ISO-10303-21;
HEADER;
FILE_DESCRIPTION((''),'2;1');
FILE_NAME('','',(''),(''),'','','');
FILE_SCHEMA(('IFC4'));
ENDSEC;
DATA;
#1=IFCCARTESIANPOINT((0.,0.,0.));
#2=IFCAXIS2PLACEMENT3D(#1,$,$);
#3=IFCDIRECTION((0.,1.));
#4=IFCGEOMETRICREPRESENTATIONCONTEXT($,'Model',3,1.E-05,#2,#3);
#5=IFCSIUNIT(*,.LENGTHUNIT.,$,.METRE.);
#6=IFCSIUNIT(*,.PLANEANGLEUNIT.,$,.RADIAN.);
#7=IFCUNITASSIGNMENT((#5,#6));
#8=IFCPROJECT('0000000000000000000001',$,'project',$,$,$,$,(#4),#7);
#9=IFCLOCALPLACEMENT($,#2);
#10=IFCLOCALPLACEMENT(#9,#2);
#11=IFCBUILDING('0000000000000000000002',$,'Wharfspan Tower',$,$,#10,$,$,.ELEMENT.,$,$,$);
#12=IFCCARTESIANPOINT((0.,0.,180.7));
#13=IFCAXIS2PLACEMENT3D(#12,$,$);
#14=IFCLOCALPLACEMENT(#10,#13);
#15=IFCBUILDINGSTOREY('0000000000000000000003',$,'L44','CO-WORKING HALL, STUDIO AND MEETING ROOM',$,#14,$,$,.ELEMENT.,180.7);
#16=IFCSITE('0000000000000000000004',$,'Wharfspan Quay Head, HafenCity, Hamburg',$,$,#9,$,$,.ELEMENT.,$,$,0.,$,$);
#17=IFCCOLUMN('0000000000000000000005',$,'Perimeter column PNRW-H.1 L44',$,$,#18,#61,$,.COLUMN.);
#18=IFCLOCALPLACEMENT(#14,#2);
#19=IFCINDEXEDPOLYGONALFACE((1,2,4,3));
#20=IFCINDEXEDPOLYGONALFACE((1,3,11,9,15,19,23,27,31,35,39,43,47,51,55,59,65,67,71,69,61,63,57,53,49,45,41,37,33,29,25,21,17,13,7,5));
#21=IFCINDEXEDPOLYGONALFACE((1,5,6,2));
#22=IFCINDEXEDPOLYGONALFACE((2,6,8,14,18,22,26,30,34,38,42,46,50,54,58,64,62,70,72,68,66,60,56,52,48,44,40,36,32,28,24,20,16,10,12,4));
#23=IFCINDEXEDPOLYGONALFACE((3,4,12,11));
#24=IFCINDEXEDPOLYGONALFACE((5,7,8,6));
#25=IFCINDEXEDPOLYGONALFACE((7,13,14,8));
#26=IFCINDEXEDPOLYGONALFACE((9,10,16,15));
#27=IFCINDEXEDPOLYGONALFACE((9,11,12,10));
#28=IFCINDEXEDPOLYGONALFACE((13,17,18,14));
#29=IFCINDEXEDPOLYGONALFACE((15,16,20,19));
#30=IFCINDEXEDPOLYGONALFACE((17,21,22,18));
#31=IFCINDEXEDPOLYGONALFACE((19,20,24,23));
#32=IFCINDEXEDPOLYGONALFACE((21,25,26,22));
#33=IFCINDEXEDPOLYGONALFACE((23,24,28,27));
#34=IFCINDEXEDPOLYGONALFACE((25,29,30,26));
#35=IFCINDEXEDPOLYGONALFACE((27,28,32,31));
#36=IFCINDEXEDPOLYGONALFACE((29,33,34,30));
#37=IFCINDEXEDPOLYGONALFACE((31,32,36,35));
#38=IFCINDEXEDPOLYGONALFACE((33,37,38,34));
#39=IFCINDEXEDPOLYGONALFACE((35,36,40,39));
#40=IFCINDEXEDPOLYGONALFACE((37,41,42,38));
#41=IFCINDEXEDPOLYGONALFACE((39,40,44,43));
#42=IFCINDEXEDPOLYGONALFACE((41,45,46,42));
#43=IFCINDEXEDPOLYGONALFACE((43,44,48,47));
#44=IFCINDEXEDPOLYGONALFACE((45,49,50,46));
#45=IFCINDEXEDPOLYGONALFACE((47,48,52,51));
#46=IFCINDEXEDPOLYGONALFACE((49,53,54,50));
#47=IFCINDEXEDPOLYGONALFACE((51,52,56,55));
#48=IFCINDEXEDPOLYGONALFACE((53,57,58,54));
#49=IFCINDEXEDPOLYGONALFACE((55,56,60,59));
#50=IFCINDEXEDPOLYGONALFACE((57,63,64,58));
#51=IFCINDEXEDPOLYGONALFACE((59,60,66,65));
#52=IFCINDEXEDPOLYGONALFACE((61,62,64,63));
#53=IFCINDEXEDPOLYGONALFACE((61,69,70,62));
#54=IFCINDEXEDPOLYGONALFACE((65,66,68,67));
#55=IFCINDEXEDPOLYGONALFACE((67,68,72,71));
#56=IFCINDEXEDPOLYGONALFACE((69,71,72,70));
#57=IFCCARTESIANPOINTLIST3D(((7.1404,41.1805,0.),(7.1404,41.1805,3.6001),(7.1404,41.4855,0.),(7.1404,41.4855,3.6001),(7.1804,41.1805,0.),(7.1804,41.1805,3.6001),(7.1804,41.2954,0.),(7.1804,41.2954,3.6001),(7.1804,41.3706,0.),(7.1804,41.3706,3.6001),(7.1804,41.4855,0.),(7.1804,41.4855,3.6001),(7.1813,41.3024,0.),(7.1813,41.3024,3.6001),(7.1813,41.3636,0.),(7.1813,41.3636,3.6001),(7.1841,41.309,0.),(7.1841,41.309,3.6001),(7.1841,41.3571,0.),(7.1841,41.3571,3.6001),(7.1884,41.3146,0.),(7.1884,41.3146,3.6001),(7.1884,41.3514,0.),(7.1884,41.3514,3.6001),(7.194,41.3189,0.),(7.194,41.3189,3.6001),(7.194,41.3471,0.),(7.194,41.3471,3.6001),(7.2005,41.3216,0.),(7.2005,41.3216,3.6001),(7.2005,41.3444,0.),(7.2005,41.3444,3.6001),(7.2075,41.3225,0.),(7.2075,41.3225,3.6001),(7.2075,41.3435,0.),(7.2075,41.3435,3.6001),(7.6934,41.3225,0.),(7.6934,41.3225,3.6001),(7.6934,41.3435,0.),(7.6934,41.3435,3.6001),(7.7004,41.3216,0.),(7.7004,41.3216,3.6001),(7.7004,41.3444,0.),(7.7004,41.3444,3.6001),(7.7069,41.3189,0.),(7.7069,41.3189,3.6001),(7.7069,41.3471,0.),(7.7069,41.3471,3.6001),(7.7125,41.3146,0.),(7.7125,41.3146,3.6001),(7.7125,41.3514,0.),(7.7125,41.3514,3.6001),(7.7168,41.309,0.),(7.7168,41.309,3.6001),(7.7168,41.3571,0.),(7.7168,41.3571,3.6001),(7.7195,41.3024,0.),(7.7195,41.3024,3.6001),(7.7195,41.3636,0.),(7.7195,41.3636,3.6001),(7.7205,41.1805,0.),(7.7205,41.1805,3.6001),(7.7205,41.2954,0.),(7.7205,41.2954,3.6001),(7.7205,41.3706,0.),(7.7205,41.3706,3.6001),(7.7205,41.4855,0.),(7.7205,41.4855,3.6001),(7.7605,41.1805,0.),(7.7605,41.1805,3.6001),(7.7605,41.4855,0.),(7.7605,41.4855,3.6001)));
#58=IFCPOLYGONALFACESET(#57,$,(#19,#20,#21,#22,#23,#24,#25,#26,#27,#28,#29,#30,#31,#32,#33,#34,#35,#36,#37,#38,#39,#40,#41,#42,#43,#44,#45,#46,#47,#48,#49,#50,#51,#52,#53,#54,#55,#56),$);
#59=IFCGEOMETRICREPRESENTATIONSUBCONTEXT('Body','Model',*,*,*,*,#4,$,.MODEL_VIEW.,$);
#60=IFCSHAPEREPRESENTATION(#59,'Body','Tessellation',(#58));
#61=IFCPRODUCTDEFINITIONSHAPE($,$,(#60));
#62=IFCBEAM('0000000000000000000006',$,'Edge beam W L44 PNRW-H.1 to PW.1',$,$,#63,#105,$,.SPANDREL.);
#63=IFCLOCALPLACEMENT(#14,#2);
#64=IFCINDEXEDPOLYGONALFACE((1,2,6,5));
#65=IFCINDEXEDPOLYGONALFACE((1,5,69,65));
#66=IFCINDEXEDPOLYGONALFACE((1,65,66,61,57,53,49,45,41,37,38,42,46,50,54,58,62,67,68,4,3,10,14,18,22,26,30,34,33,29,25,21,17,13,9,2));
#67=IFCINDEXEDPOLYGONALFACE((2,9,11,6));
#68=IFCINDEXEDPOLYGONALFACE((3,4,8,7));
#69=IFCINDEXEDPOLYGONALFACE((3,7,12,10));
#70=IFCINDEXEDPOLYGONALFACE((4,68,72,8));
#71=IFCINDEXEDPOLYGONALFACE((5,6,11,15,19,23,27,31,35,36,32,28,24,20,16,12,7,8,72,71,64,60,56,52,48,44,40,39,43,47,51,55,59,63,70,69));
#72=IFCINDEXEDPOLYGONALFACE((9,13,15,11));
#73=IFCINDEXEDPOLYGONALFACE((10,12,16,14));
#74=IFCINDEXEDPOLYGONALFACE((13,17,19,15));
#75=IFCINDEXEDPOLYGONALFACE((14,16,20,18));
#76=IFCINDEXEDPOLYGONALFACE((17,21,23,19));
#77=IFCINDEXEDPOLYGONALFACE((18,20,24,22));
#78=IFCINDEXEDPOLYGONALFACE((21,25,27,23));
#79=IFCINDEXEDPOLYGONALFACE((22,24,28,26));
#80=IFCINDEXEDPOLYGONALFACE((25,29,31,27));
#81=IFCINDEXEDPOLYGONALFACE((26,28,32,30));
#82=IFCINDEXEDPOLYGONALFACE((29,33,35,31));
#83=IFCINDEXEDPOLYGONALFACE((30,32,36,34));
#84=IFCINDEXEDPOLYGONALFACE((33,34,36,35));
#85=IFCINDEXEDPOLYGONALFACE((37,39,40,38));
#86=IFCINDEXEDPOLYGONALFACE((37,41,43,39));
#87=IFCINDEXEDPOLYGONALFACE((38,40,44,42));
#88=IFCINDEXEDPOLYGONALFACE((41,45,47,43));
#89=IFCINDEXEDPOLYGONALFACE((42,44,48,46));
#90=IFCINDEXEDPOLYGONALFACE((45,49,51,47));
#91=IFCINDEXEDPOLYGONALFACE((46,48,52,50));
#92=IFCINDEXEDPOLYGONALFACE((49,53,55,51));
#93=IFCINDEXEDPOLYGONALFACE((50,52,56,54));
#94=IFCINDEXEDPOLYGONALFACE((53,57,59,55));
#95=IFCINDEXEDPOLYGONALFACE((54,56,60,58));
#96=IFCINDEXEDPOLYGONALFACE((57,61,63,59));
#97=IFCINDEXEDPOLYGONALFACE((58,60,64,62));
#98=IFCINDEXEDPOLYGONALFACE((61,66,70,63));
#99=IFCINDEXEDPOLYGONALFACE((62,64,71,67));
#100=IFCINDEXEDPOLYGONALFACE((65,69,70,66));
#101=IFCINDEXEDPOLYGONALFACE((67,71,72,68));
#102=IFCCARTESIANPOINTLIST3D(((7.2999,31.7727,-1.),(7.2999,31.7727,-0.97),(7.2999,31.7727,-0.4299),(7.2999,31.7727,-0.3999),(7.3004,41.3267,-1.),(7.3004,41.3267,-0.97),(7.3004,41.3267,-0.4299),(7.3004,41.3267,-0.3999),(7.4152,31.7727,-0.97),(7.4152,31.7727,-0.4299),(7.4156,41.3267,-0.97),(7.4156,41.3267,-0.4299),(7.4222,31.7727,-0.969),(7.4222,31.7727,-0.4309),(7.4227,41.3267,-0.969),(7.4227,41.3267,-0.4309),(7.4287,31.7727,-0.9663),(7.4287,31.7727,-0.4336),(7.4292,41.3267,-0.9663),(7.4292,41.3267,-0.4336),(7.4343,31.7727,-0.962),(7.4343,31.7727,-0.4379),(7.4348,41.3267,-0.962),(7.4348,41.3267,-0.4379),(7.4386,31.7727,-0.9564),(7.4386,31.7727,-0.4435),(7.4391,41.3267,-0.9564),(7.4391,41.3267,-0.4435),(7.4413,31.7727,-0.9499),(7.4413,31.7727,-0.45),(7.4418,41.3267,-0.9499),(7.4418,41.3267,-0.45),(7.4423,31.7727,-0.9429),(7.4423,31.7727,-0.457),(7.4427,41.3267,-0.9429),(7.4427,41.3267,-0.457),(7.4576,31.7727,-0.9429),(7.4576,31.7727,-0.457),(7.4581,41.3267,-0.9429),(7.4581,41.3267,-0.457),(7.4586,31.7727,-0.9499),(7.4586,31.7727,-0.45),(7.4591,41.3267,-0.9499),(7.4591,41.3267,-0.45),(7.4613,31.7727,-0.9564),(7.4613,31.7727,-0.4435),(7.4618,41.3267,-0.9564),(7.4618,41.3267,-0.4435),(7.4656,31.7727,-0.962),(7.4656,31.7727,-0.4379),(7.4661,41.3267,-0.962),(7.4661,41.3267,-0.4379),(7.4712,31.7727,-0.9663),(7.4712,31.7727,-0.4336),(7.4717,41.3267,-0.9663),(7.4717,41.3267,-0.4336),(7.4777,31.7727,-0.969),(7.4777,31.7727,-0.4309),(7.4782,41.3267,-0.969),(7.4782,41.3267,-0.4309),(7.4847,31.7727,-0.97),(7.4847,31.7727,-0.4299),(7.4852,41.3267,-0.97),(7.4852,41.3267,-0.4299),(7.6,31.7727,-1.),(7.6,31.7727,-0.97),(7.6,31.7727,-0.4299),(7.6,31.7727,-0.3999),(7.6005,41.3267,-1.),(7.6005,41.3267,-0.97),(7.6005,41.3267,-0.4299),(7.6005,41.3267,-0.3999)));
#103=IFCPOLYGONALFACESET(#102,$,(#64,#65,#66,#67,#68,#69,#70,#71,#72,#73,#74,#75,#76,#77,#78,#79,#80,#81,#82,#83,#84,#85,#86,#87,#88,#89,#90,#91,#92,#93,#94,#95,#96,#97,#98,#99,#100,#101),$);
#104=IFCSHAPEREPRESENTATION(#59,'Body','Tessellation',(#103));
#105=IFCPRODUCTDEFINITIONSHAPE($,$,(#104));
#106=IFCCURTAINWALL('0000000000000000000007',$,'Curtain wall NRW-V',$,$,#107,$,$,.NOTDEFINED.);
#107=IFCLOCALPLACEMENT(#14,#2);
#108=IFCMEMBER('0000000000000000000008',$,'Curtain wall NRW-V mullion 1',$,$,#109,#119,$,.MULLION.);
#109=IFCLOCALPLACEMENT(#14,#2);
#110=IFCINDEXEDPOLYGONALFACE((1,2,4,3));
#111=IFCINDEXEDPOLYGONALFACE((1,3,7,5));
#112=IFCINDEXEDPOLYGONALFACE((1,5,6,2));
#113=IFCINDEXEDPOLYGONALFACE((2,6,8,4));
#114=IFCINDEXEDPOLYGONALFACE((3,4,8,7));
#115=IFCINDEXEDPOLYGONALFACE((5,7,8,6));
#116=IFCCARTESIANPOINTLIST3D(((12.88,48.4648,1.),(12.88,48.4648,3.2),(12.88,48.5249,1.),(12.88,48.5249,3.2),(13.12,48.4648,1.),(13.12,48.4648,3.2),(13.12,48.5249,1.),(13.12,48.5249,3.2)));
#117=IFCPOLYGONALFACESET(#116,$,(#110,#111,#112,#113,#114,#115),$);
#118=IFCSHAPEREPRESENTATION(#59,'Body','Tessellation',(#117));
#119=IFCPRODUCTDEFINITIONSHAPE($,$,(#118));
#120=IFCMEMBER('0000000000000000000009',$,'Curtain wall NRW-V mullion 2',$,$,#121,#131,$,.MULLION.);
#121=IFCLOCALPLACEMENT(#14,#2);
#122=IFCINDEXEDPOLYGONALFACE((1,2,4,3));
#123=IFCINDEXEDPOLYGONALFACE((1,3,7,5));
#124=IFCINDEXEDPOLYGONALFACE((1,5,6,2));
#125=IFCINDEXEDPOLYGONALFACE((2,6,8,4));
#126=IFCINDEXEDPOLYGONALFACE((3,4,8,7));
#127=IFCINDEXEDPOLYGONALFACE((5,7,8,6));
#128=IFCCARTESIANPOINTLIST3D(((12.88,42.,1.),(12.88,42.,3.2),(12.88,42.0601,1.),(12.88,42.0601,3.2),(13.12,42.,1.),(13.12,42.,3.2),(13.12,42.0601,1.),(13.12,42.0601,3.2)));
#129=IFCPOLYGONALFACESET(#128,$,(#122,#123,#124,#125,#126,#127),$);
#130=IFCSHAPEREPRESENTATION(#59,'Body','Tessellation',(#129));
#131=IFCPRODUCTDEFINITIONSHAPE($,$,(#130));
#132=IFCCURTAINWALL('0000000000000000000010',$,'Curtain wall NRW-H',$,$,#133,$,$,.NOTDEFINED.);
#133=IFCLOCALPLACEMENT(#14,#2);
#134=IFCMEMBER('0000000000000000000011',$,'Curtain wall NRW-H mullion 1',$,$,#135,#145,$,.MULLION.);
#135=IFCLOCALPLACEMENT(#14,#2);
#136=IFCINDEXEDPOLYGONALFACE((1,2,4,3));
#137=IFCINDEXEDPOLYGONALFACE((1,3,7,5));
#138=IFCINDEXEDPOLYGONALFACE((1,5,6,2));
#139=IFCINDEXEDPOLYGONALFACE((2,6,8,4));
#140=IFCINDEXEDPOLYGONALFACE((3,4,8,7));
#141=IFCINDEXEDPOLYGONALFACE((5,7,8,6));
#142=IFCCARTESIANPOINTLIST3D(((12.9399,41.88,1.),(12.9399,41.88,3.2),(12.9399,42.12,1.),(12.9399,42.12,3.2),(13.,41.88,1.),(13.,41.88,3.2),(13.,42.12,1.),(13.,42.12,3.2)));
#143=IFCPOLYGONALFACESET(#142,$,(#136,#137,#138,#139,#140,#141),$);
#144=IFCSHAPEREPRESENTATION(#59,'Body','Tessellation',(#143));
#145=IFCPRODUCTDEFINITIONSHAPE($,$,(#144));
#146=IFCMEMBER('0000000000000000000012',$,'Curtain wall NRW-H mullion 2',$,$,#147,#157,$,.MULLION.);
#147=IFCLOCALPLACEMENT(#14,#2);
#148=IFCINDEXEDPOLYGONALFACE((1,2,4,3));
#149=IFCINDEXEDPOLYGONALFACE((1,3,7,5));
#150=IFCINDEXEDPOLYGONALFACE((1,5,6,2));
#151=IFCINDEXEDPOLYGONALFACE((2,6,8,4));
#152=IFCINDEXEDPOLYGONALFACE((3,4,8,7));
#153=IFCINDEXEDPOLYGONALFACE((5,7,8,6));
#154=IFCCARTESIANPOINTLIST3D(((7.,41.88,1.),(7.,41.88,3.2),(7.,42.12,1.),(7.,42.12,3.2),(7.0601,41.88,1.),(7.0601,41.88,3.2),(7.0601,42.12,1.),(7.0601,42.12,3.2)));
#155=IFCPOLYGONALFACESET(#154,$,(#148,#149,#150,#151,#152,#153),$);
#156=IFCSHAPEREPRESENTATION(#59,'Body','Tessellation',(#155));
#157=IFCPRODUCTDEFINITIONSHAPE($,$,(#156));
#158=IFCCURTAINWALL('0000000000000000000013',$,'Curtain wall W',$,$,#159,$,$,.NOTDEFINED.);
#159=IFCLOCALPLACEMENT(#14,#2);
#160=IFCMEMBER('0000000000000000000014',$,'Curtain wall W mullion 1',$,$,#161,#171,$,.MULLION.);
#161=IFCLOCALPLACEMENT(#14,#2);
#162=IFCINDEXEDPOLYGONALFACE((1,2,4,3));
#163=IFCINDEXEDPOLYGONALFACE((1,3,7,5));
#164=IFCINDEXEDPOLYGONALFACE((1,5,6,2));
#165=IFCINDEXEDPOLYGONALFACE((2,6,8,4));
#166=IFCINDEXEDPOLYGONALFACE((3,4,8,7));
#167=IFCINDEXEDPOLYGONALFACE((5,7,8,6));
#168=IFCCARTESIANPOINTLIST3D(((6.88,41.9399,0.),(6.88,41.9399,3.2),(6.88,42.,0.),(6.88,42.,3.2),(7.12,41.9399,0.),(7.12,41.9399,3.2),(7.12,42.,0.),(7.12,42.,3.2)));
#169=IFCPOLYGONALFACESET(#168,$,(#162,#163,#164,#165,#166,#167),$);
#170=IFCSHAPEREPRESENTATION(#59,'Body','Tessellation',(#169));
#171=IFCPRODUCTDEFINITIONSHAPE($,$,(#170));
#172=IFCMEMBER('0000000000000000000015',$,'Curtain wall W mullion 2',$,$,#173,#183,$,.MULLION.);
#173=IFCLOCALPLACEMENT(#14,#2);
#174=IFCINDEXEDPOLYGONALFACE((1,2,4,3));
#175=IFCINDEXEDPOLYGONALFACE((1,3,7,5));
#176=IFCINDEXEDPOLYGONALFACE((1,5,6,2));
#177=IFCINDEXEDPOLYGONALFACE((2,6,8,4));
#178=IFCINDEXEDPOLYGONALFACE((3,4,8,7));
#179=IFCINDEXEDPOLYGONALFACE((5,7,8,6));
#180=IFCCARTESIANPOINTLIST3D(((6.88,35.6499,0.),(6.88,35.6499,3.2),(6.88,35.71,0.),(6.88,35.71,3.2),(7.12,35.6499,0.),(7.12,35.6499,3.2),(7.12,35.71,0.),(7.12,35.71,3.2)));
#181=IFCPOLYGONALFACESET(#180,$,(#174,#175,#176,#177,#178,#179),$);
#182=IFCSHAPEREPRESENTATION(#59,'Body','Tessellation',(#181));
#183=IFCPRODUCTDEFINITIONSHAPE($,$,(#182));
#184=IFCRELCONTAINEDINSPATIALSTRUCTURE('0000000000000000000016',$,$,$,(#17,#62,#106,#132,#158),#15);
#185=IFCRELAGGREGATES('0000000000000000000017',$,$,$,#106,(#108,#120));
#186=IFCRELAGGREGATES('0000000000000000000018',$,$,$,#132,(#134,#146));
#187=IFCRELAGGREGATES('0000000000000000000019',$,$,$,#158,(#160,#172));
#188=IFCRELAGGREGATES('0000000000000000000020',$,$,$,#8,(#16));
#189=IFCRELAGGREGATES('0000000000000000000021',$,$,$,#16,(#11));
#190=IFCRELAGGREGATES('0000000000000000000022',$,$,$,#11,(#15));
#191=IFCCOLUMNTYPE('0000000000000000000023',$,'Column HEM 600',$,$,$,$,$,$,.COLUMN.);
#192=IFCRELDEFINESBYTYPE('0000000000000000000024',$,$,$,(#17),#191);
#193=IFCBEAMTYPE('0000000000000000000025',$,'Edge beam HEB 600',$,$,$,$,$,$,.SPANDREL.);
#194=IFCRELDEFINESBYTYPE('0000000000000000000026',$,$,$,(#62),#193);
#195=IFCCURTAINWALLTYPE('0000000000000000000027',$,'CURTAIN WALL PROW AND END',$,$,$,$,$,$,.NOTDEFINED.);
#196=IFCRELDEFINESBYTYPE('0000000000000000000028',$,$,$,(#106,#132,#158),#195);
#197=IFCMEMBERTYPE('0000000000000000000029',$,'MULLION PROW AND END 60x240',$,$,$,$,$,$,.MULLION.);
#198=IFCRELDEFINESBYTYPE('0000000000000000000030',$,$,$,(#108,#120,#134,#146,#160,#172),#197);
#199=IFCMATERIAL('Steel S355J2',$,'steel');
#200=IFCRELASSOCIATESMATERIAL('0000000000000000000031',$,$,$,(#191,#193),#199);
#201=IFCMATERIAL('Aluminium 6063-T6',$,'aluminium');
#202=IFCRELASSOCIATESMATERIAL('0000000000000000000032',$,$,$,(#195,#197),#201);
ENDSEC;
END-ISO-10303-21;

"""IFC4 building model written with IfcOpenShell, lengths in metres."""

from ifc_helpers import new_model, si_unit, direction, frame, origin, origin_2d, place, context, subcontext, project, spatial, rectangle, i_section, extrude, material, material_profile, profile_set, type_object, element, aggregate, save


model = new_model("IFC4")

# Units and contexts
model_context = context("Model", 3, precision=1e-05, world=origin(), true_north=direction((0.0, 1.0)))
body_context = subcontext(model_context, "Body", "Model", "MODEL_VIEW")
ifc_project = project(units=[si_unit("LENGTHUNIT", "METRE"), si_unit("PLANEANGLEUNIT", "RADIAN")], contexts=[model_context])

# Site, building, storey
site_placement = place(None, origin())
site = spatial("IfcSite", under=ifc_project, at=site_placement, Name="Wharfspan Quay Head, HafenCity, Hamburg", CompositionType="ELEMENT", RefElevation=0.0)
building_placement = place(site_placement, origin())
building = spatial("IfcBuilding", under=site, at=building_placement, Name="Wharfspan Tower", CompositionType="ELEMENT")
storey_placement = place(building_placement, frame((0.0, 0.0, 180.7)))
storey = spatial("IfcBuildingStorey", under=building, at=storey_placement, Name="L44", Description="CO-WORKING HALL, STUDIO AND MEETING ROOM", CompositionType="ELEMENT", Elevation=180.7)

# Column
ifc_material_1 = material(Name="Steel S355J2", Category="steel")
ifc_material_profile_1 = material_profile(ifc_material_1, i_section(OverallWidth=0.3049, OverallDepth=0.6201, WebThickness=0.021, FlangeThickness=0.04, FilletRadius=0.0271, at=origin_2d()))
ifc_profile_set_1 = profile_set([ifc_material_profile_1], Name="Steel S355J2")
column_type = type_object("IfcColumnType", Name="Column HEM 600", PredefinedType="COLUMN", material=ifc_profile_set_1)
column_placement = place(storey_placement, frame((7.4504, 41.333, 0.0), z_axis=(0.0, 0.0, 1.0), x_axis=(0.0, 1.0, 0.0)))
element("IfcColumn", 1, at=column_placement, inside=storey, type_object=column_type, Name="Perimeter column PNRW-H.1 L44", PredefinedType="COLUMN", context=body_context, shape_type="SweptSolid", body=[
    extrude(i_section(OverallWidth=0.3049, OverallDepth=0.6201, WebThickness=0.021, FlangeThickness=0.04, FilletRadius=0.0271, at=origin_2d()), origin(), (0.0, 0.0, 1.0), 3.6001),
])

# Beam
ifc_material_profile_2 = material_profile(ifc_material_1, i_section(OverallWidth=0.3, OverallDepth=0.6001, WebThickness=0.0154, FlangeThickness=0.03, FilletRadius=0.0271, at=origin_2d()))
ifc_profile_set_2 = profile_set([ifc_material_profile_2], Name="Steel S355J2")
beam_type = type_object("IfcBeamType", Name="Edge beam HEB 600", PredefinedType="SPANDREL", material=ifc_profile_set_2)
beam_placement = place(storey_placement, frame((7.4504, 41.3267, -0.7), z_axis=(-0.000051, -1.0, 0.0), x_axis=(1.0, -0.000051, 0.0)))
element("IfcBeam", 2, at=beam_placement, inside=storey, type_object=beam_type, Name="Edge beam W L44 PNRW-H.1 to PW.1", PredefinedType="SPANDREL", context=body_context, shape_type="SweptSolid", body=[
    extrude(i_section(OverallWidth=0.3, OverallDepth=0.6001, WebThickness=0.0154, FlangeThickness=0.03, FilletRadius=0.0271, at=origin_2d()), origin(), (0.0, 0.0, 1.0), 9.554),
])

# Curtain walls, members
ifc_material_2 = material(Name="Aluminium 6063-T6", Category="aluminium")
curtain_wall_type = type_object("IfcCurtainWallType", Name="CURTAIN WALL PROW AND END", PredefinedType="NOTDEFINED", material=ifc_material_2)
curtain_wall_1_placement = place(storey_placement, origin())
curtain_wall_1 = element("IfcCurtainWall", 3, at=curtain_wall_1_placement, inside=storey, type_object=curtain_wall_type, Name="Curtain wall NRW-V", PredefinedType="NOTDEFINED")
ifc_material_profile_3 = material_profile(ifc_material_2, rectangle(XDim=0.24, YDim=0.0601, at=origin_2d()))
ifc_profile_set_3 = profile_set([ifc_material_profile_3], Name="Aluminium 6063-T6")
member_type_1 = type_object("IfcMemberType", Name="MULLION PROW AND END 60x240", PredefinedType="MULLION", material=ifc_profile_set_3)
member_1_placement = place(storey_placement, frame((13.0, 48.4949, 1.0), z_axis=(0.0, 0.0, 1.0), x_axis=(1.0, 0.0, 0.0)))
member_1 = element("IfcMember", 4, at=member_1_placement, type_object=member_type_1, Name="Curtain wall NRW-V mullion 1", PredefinedType="MULLION", context=body_context, shape_type="SweptSolid", body=[
    extrude(rectangle(XDim=0.24, YDim=0.0601, at=origin_2d()), origin(), (0.0, 0.0, 1.0), 2.2),
])
member_2_placement = place(storey_placement, frame((13.0, 42.03, 1.0), z_axis=(0.0, 0.0, 1.0), x_axis=(1.0, 0.0, 0.0)))
member_2 = element("IfcMember", 5, at=member_2_placement, type_object=member_type_1, Name="Curtain wall NRW-V mullion 2", PredefinedType="MULLION", context=body_context, shape_type="SweptSolid", body=[
    extrude(rectangle(XDim=0.24, YDim=0.0601, at=origin_2d()), origin(), (0.0, 0.0, 1.0), 2.2),
])
curtain_wall_2_placement = place(storey_placement, origin())
curtain_wall_2 = element("IfcCurtainWall", 6, at=curtain_wall_2_placement, inside=storey, type_object=curtain_wall_type, Name="Curtain wall NRW-H", PredefinedType="NOTDEFINED")
member_3_placement = place(storey_placement, frame((12.97, 42.0, 1.0), z_axis=(0.0, 0.0, 1.0), x_axis=(0.0, -1.0, 0.0)))
member_3 = element("IfcMember", 7, at=member_3_placement, type_object=member_type_1, Name="Curtain wall NRW-H mullion 1", PredefinedType="MULLION", context=body_context, shape_type="SweptSolid", body=[
    extrude(rectangle(XDim=0.24, YDim=0.0601, at=origin_2d()), origin(), (0.0, 0.0, 1.0), 2.2),
])
member_4_placement = place(storey_placement, frame((7.03, 42.0, 1.0), z_axis=(0.0, 0.0, 1.0), x_axis=(0.0, -1.0, 0.0)))
member_4 = element("IfcMember", 8, at=member_4_placement, type_object=member_type_1, Name="Curtain wall NRW-H mullion 2", PredefinedType="MULLION", context=body_context, shape_type="SweptSolid", body=[
    extrude(rectangle(XDim=0.24, YDim=0.0601, at=origin_2d()), origin(), (0.0, 0.0, 1.0), 2.2),
])
curtain_wall_3_placement = place(storey_placement, origin())
curtain_wall_3 = element("IfcCurtainWall", 9, at=curtain_wall_3_placement, inside=storey, type_object=curtain_wall_type, Name="Curtain wall W", PredefinedType="NOTDEFINED")
member_5_placement = place(storey_placement, frame((7.0, 41.97, 0.0), z_axis=(0.0, 0.0, 1.0), x_axis=(1.0, 0.0, 0.0)))
member_5 = element("IfcMember", 10, at=member_5_placement, type_object=member_type_1, Name="Curtain wall W mullion 1", PredefinedType="MULLION", context=body_context, shape_type="SweptSolid", body=[
    extrude(rectangle(XDim=0.24, YDim=0.0601, at=origin_2d()), origin(), (0.0, 0.0, 1.0), 3.2),
])
member_6_placement = place(storey_placement, frame((7.0, 35.6799, 0.0), z_axis=(0.0, 0.0, 1.0), x_axis=(1.0, 0.0, 0.0)))
member_6 = element("IfcMember", 11, at=member_6_placement, type_object=member_type_1, Name="Curtain wall W mullion 2", PredefinedType="MULLION", context=body_context, shape_type="SweptSolid", body=[
    extrude(rectangle(XDim=0.24, YDim=0.0601, at=origin_2d()), origin(), (0.0, 0.0, 1.0), 3.2),
])

aggregate(curtain_wall_1, [member_1, member_2])
aggregate(curtain_wall_2, [member_3, member_4])
aggregate(curtain_wall_3, [member_5, member_6])

save(model, "model.ifc")
